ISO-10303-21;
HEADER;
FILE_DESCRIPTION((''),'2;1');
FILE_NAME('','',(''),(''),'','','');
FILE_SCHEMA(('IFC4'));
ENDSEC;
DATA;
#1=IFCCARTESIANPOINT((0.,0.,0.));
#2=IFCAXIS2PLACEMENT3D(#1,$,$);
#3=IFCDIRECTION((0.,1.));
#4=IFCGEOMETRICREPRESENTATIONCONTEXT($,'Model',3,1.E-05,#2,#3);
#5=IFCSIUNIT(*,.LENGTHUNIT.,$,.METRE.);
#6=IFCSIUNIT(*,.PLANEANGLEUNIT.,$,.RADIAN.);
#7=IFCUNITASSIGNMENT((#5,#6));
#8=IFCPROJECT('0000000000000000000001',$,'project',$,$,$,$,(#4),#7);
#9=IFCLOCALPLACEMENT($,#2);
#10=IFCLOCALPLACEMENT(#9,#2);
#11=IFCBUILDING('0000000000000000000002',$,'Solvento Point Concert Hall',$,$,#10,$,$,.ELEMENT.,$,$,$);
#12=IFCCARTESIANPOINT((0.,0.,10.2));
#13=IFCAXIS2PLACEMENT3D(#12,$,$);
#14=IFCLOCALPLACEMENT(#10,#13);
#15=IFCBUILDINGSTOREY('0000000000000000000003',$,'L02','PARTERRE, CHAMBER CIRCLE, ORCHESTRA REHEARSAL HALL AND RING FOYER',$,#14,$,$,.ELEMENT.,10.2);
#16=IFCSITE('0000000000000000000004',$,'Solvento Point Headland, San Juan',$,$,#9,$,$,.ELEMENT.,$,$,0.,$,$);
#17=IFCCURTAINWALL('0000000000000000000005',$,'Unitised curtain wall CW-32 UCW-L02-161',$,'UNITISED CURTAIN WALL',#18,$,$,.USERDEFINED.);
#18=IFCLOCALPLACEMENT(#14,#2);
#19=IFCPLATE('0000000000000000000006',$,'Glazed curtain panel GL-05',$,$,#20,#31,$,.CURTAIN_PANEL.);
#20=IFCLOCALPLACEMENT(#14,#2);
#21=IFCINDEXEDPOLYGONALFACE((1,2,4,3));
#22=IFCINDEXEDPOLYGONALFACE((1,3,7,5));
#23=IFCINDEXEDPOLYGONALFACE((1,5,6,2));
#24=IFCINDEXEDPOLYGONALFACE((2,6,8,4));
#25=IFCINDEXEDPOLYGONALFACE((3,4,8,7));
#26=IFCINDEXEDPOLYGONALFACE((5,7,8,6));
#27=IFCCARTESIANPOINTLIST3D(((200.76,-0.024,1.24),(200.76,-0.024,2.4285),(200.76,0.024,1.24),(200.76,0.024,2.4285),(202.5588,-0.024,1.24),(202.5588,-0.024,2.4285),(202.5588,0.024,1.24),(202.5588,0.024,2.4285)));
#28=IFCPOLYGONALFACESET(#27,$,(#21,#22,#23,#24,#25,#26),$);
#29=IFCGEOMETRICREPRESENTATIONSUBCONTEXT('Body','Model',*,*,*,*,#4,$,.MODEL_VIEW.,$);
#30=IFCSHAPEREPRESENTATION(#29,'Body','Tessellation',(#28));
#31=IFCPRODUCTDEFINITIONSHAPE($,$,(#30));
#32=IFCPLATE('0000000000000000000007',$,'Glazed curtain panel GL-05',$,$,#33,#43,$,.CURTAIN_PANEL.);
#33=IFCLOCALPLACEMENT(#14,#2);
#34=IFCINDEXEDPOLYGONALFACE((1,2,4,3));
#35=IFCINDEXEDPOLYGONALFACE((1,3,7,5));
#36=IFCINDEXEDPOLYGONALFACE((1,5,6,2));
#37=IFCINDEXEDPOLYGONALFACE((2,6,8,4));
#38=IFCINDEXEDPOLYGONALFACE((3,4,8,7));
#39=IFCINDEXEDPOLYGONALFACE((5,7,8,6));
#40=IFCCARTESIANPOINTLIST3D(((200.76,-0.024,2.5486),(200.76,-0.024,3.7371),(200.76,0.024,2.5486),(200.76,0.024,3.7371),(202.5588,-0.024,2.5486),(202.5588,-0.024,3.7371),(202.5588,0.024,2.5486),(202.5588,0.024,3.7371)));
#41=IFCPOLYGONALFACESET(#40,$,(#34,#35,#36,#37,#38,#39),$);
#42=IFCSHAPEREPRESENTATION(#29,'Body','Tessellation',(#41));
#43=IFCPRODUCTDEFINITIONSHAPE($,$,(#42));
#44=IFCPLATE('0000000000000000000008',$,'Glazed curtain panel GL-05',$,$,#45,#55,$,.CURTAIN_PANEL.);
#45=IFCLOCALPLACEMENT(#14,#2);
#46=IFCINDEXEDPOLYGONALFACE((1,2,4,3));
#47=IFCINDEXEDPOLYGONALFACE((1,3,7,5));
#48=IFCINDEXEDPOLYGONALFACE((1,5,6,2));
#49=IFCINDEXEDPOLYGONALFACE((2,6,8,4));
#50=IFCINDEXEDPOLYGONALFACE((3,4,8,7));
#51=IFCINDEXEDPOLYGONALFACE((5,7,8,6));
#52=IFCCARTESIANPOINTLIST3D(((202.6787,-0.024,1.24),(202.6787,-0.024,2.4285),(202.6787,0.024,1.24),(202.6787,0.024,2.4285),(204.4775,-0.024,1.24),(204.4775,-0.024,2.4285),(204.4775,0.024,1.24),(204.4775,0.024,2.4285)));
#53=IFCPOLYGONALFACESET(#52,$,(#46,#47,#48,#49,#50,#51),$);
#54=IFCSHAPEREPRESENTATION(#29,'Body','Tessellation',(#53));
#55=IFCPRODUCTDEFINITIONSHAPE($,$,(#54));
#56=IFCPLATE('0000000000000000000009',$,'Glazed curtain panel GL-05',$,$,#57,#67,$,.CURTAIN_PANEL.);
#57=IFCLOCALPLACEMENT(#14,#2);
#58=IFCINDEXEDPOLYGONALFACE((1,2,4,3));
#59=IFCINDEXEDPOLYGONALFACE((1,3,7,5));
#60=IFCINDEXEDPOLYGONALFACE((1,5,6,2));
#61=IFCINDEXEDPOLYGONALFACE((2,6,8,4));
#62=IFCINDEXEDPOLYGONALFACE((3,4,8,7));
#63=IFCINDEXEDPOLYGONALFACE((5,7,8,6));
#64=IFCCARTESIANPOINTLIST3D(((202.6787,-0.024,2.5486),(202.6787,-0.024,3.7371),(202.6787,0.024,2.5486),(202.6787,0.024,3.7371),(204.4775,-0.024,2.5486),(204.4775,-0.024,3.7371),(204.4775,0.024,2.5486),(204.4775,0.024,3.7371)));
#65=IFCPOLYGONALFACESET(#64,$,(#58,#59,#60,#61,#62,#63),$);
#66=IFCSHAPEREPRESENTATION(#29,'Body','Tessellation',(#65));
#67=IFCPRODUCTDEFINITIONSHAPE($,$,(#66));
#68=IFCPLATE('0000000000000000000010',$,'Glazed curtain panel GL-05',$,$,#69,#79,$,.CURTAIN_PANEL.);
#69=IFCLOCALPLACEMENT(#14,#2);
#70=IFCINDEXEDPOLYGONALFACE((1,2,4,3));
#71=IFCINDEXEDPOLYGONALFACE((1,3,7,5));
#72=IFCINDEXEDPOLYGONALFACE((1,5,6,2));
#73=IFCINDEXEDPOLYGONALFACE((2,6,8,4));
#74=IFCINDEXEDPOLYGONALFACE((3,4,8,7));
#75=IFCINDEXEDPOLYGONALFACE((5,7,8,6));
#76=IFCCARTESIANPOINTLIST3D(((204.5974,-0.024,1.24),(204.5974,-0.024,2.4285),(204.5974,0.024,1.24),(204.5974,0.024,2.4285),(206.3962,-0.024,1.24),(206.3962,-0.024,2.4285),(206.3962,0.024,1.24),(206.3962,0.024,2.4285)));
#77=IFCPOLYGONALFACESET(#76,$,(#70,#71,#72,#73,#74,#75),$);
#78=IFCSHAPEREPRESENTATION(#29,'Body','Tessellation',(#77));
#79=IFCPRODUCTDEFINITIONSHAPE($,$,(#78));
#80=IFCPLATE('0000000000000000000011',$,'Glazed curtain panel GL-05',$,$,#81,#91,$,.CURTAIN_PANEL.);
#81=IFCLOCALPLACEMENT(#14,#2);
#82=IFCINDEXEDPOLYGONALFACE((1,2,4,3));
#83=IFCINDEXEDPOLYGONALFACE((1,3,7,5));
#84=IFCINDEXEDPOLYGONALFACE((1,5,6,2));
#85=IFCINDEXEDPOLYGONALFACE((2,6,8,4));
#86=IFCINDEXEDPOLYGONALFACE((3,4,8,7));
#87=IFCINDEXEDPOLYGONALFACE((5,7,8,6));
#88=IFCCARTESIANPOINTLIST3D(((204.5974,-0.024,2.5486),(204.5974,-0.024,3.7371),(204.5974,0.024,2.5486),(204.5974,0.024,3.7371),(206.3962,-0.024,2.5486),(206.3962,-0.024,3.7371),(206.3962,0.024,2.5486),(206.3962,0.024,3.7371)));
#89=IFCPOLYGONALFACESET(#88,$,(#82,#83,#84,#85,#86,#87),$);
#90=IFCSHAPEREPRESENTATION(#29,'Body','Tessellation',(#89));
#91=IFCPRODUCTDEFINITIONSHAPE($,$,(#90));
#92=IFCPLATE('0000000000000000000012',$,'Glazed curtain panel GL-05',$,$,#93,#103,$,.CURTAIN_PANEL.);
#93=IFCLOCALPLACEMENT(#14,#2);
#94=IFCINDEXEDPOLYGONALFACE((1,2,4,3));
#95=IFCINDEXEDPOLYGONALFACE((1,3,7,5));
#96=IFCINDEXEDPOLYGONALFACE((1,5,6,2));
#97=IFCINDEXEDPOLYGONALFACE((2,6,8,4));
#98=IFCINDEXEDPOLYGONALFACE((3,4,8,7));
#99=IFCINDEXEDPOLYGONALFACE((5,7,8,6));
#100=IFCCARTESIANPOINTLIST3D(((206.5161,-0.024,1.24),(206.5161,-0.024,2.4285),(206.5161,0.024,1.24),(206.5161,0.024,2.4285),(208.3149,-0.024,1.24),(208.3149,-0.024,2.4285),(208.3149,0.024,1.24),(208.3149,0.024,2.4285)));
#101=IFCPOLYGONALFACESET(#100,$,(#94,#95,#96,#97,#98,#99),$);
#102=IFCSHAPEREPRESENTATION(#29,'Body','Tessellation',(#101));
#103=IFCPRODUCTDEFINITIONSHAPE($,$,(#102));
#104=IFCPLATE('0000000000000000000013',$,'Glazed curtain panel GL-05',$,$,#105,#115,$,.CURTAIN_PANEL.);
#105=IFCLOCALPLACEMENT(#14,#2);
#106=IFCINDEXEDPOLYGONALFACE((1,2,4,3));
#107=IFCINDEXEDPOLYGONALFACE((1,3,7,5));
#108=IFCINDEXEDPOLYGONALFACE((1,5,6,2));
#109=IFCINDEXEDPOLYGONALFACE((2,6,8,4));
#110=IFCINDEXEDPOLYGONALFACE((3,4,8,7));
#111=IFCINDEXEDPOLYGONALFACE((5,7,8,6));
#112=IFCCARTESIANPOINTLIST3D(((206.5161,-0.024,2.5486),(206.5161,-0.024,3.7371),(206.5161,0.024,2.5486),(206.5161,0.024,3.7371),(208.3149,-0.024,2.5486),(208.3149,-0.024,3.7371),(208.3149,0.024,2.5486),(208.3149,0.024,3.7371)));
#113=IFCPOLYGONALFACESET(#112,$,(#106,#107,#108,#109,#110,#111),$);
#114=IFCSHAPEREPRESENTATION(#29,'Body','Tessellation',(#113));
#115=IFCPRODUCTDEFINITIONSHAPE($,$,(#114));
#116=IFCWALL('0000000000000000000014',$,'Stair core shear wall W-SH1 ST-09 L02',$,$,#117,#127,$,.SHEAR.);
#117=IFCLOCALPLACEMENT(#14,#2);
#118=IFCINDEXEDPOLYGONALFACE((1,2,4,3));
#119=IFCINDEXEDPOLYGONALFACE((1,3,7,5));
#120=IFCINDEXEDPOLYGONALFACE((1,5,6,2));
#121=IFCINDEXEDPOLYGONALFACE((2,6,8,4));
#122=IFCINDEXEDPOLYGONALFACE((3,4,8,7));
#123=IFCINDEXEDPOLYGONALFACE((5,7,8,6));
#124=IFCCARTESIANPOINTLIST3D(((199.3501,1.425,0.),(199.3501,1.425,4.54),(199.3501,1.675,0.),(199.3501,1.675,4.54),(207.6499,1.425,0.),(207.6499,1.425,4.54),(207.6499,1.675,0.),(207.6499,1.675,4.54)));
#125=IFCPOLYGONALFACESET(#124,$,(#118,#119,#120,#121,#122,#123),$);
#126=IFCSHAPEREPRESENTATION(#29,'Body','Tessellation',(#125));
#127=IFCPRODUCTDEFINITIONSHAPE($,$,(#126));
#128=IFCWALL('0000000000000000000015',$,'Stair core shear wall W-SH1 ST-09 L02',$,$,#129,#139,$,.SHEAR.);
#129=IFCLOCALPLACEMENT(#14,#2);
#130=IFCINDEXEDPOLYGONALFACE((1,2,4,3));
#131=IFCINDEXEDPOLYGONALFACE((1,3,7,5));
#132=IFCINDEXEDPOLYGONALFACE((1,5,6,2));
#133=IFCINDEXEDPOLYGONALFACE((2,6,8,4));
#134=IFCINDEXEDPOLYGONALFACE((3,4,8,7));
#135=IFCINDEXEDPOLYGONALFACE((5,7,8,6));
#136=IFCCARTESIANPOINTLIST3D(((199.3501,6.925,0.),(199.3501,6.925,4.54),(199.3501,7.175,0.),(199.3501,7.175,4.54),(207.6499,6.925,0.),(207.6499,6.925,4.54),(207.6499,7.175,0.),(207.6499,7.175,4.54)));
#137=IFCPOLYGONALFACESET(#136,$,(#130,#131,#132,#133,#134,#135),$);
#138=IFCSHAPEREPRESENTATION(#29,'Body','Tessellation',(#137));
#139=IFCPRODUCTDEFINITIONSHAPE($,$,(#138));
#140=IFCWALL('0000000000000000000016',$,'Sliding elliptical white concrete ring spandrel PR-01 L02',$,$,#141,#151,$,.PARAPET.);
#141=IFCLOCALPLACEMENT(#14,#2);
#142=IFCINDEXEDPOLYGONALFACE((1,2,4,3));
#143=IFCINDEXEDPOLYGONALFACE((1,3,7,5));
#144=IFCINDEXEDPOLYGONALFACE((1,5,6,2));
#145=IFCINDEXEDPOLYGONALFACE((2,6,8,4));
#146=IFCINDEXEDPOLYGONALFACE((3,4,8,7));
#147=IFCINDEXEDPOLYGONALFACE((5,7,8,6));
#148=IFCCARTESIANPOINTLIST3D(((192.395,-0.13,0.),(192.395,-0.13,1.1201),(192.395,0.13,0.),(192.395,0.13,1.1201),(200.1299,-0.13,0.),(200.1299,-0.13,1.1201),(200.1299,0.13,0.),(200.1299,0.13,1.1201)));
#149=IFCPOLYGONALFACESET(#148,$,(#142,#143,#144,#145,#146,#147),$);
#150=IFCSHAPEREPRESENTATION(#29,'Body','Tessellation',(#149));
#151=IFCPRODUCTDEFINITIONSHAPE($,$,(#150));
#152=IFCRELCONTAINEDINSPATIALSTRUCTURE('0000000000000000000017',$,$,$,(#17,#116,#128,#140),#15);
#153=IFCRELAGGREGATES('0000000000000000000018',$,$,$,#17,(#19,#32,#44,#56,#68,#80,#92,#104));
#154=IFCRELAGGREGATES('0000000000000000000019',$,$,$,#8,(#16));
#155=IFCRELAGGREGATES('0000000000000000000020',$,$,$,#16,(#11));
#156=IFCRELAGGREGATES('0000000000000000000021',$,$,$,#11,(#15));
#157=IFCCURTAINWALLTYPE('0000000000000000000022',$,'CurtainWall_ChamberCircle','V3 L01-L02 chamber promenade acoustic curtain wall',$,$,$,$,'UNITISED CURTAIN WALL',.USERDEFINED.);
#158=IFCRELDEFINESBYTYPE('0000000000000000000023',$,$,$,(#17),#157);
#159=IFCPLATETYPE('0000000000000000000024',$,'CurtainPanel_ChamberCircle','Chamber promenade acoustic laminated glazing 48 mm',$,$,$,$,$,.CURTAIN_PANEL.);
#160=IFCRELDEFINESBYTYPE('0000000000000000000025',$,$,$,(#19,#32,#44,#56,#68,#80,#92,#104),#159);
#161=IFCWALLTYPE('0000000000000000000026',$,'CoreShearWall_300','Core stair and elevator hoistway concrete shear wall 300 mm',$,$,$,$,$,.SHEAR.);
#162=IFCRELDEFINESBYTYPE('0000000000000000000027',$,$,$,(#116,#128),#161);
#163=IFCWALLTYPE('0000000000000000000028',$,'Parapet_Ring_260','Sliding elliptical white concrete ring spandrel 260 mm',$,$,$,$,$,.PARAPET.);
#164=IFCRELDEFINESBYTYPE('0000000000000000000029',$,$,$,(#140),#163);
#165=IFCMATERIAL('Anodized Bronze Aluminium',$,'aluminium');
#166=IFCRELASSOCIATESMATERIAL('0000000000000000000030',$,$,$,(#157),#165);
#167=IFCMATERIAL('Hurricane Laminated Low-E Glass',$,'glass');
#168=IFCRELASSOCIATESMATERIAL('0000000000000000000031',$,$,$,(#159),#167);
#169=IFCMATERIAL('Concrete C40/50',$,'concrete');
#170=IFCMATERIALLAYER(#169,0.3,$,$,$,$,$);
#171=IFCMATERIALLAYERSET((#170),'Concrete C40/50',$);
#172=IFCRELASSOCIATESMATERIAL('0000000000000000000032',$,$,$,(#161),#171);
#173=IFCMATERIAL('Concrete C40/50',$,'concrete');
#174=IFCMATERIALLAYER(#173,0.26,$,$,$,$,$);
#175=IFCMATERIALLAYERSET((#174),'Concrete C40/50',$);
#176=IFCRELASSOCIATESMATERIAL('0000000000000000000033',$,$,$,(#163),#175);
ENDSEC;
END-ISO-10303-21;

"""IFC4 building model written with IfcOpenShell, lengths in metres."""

from ifc_helpers import new_model, si_unit, direction, frame, frame_2d, origin, origin_2d, place, context, subcontext, project, spatial, rectangle, extrude, material, layer, layer_set, type_object, element, aggregate, save


model = new_model("IFC4")

# Units and contexts
model_context = context("Model", 3, precision=1e-05, world=origin(), true_north=direction((0.0, 1.0)))
body_context = subcontext(model_context, "Body", "Model", "MODEL_VIEW")
ifc_project = project(units=[si_unit("LENGTHUNIT", "METRE"), si_unit("PLANEANGLEUNIT", "RADIAN")], contexts=[model_context])

# Site, building, storey
site_placement = place(None, origin())
site = spatial("IfcSite", under=ifc_project, at=site_placement, Name="Solvento Point Headland, San Juan", CompositionType="ELEMENT", RefElevation=0.0)
building_placement = place(site_placement, origin())
building = spatial("IfcBuilding", under=site, at=building_placement, Name="Solvento Point Concert Hall", CompositionType="ELEMENT")
storey_placement = place(building_placement, frame((0.0, 0.0, 10.2)))
storey = spatial("IfcBuildingStorey", under=building, at=storey_placement, Name="L02", Description="PARTERRE, CHAMBER CIRCLE, ORCHESTRA REHEARSAL HALL AND RING FOYER", CompositionType="ELEMENT", Elevation=10.2)

# Shared definitions
ifc_material_1 = material(Name="Anodized Bronze Aluminium", Category="aluminium")
curtain_wall_type = type_object("IfcCurtainWallType", Name="CurtainWall_ChamberCircle", Description="V3 L01-L02 chamber promenade acoustic curtain wall", ElementType="UNITISED CURTAIN WALL", PredefinedType="USERDEFINED", material=ifc_material_1)

# Curtain wall, plates
curtain_wall_1_placement = place(storey_placement, origin())
curtain_wall_1 = element("IfcCurtainWall", 1, at=curtain_wall_1_placement, inside=storey, type_object=curtain_wall_type, Name="Unitised curtain wall CW-32 UCW-L02-161", ObjectType="UNITISED CURTAIN WALL", PredefinedType="USERDEFINED")
ifc_material_2 = material(Name="Hurricane Laminated Low-E Glass", Category="glass")
plate_type = type_object("IfcPlateType", Name="CurtainPanel_ChamberCircle", Description="Chamber promenade acoustic laminated glazing 48 mm", PredefinedType="CURTAIN_PANEL", material=ifc_material_2)
plate_1_placement = place(storey_placement, frame((201.6594, 0.0, 1.24), z_axis=(0.0, 0.0, 1.0), x_axis=(1.0, 0.0, 0.0)))
plate_1 = element("IfcPlate", 2, at=plate_1_placement, type_object=plate_type, Name="Glazed curtain panel GL-05", PredefinedType="CURTAIN_PANEL", context=body_context, shape_type="SweptSolid", body=[
    extrude(rectangle(XDim=1.7988, YDim=0.0481, at=origin_2d()), origin(), (0.0, 0.0, 1.0), 1.1885),
])
plate_2_placement = place(storey_placement, frame((201.6594, 0.0, 2.5486), z_axis=(0.0, 0.0, 1.0), x_axis=(1.0, 0.0, 0.0)))
plate_2 = element("IfcPlate", 3, at=plate_2_placement, type_object=plate_type, Name="Glazed curtain panel GL-05", PredefinedType="CURTAIN_PANEL", context=body_context, shape_type="SweptSolid", body=[
    extrude(rectangle(XDim=1.7988, YDim=0.0481, at=origin_2d()), origin(), (0.0, 0.0, 1.0), 1.1885),
])
plate_3_placement = place(storey_placement, frame((203.5781, 0.0, 1.24), z_axis=(0.0, 0.0, 1.0), x_axis=(1.0, 0.0, 0.0)))
plate_3 = element("IfcPlate", 4, at=plate_3_placement, type_object=plate_type, Name="Glazed curtain panel GL-05", PredefinedType="CURTAIN_PANEL", context=body_context, shape_type="SweptSolid", body=[
    extrude(rectangle(XDim=1.7988, YDim=0.0481, at=origin_2d()), origin(), (0.0, 0.0, 1.0), 1.1885),
])
plate_4_placement = place(storey_placement, frame((203.5781, 0.0, 2.5486), z_axis=(0.0, 0.0, 1.0), x_axis=(1.0, 0.0, 0.0)))
plate_4 = element("IfcPlate", 5, at=plate_4_placement, type_object=plate_type, Name="Glazed curtain panel GL-05", PredefinedType="CURTAIN_PANEL", context=body_context, shape_type="SweptSolid", body=[
    extrude(rectangle(XDim=1.7988, YDim=0.0481, at=origin_2d()), origin(), (0.0, 0.0, 1.0), 1.1885),
])
plate_5_placement = place(storey_placement, frame((205.4968, 0.0, 1.24), z_axis=(0.0, 0.0, 1.0), x_axis=(1.0, 0.0, 0.0)))
plate_5 = element("IfcPlate", 6, at=plate_5_placement, type_object=plate_type, Name="Glazed curtain panel GL-05", PredefinedType="CURTAIN_PANEL", context=body_context, shape_type="SweptSolid", body=[
    extrude(rectangle(XDim=1.7988, YDim=0.0481, at=origin_2d()), origin(), (0.0, 0.0, 1.0), 1.1885),
])
plate_6_placement = place(storey_placement, frame((205.4968, 0.0, 2.5486), z_axis=(0.0, 0.0, 1.0), x_axis=(1.0, 0.0, 0.0)))
plate_6 = element("IfcPlate", 7, at=plate_6_placement, type_object=plate_type, Name="Glazed curtain panel GL-05", PredefinedType="CURTAIN_PANEL", context=body_context, shape_type="SweptSolid", body=[
    extrude(rectangle(XDim=1.7988, YDim=0.0481, at=origin_2d()), origin(), (0.0, 0.0, 1.0), 1.1885),
])
plate_7_placement = place(storey_placement, frame((207.4155, 0.0, 1.24), z_axis=(0.0, 0.0, 1.0), x_axis=(1.0, 0.0, 0.0)))
plate_7 = element("IfcPlate", 8, at=plate_7_placement, type_object=plate_type, Name="Glazed curtain panel GL-05", PredefinedType="CURTAIN_PANEL", context=body_context, shape_type="SweptSolid", body=[
    extrude(rectangle(XDim=1.7988, YDim=0.0481, at=origin_2d()), origin(), (0.0, 0.0, 1.0), 1.1885),
])
plate_8_placement = place(storey_placement, frame((207.4155, 0.0, 2.5486), z_axis=(0.0, 0.0, 1.0), x_axis=(1.0, 0.0, 0.0)))
plate_8 = element("IfcPlate", 9, at=plate_8_placement, type_object=plate_type, Name="Glazed curtain panel GL-05", PredefinedType="CURTAIN_PANEL", context=body_context, shape_type="SweptSolid", body=[
    extrude(rectangle(XDim=1.7988, YDim=0.0481, at=origin_2d()), origin(), (0.0, 0.0, 1.0), 1.1885),
])
aggregate(curtain_wall_1, [plate_1, plate_2, plate_3, plate_4, plate_5, plate_6, plate_7, plate_8])

# Walls
ifc_material_3 = material(Name="Concrete C40/50", Category="concrete")
ifc_layer_1 = layer(ifc_material_3, 0.3)
ifc_layer_set_1 = layer_set([ifc_layer_1], Name="Concrete C40/50")
wall_type_1 = type_object("IfcWallType", Name="CoreShearWall_300", Description="Core stair and elevator hoistway concrete shear wall 300 mm", PredefinedType="SHEAR", material=ifc_layer_set_1)
for number, where, z_axis, x_axis, name in (
    (10, (207.6499, 1.55, 0.0), (0.0, 0.0, 1.0), (-1.0, 0.0, 0.0), "Stair core shear wall W-SH1 ST-09 L02"),
    (11, (199.3501, 7.05, 0.0), (0.0, 0.0, 1.0), (1.0, 0.0, 0.0), "Stair core shear wall W-SH1 ST-09 L02"),
):
    element("IfcWall", number, at=place(storey_placement, frame(where, z_axis=z_axis, x_axis=x_axis)), inside=storey, type_object=wall_type_1, Name=name, PredefinedType="SHEAR", context=body_context, shape_type="SweptSolid", body=[
        extrude(rectangle(XDim=8.2998, YDim=0.25, at=frame_2d((4.1499, 0.0))), origin(), (0.0, 0.0, 1.0), 4.54),
    ])
ifc_material_4 = material(Name="Concrete C40/50", Category="concrete")
ifc_layer_2 = layer(ifc_material_4, 0.26)
ifc_layer_set_2 = layer_set([ifc_layer_2], Name="Concrete C40/50")
wall_type_2 = type_object("IfcWallType", Name="Parapet_Ring_260", Description="Sliding elliptical white concrete ring spandrel 260 mm", PredefinedType="PARAPET", material=ifc_layer_set_2)
wall_placement = place(storey_placement, frame((200.1299, 0.0, 0.0), z_axis=(0.0, 0.0, 1.0), x_axis=(-1.0, 0.0, 0.0)))
element("IfcWall", 12, at=wall_placement, inside=storey, type_object=wall_type_2, Name="Sliding elliptical white concrete ring spandrel PR-01 L02", PredefinedType="PARAPET", context=body_context, shape_type="SweptSolid", body=[
    extrude(rectangle(XDim=7.7349, YDim=0.26, at=frame_2d((3.8674, 0.0))), origin(), (0.0, 0.0, 1.0), 1.1201),
])

save(model, "model.ifc")
